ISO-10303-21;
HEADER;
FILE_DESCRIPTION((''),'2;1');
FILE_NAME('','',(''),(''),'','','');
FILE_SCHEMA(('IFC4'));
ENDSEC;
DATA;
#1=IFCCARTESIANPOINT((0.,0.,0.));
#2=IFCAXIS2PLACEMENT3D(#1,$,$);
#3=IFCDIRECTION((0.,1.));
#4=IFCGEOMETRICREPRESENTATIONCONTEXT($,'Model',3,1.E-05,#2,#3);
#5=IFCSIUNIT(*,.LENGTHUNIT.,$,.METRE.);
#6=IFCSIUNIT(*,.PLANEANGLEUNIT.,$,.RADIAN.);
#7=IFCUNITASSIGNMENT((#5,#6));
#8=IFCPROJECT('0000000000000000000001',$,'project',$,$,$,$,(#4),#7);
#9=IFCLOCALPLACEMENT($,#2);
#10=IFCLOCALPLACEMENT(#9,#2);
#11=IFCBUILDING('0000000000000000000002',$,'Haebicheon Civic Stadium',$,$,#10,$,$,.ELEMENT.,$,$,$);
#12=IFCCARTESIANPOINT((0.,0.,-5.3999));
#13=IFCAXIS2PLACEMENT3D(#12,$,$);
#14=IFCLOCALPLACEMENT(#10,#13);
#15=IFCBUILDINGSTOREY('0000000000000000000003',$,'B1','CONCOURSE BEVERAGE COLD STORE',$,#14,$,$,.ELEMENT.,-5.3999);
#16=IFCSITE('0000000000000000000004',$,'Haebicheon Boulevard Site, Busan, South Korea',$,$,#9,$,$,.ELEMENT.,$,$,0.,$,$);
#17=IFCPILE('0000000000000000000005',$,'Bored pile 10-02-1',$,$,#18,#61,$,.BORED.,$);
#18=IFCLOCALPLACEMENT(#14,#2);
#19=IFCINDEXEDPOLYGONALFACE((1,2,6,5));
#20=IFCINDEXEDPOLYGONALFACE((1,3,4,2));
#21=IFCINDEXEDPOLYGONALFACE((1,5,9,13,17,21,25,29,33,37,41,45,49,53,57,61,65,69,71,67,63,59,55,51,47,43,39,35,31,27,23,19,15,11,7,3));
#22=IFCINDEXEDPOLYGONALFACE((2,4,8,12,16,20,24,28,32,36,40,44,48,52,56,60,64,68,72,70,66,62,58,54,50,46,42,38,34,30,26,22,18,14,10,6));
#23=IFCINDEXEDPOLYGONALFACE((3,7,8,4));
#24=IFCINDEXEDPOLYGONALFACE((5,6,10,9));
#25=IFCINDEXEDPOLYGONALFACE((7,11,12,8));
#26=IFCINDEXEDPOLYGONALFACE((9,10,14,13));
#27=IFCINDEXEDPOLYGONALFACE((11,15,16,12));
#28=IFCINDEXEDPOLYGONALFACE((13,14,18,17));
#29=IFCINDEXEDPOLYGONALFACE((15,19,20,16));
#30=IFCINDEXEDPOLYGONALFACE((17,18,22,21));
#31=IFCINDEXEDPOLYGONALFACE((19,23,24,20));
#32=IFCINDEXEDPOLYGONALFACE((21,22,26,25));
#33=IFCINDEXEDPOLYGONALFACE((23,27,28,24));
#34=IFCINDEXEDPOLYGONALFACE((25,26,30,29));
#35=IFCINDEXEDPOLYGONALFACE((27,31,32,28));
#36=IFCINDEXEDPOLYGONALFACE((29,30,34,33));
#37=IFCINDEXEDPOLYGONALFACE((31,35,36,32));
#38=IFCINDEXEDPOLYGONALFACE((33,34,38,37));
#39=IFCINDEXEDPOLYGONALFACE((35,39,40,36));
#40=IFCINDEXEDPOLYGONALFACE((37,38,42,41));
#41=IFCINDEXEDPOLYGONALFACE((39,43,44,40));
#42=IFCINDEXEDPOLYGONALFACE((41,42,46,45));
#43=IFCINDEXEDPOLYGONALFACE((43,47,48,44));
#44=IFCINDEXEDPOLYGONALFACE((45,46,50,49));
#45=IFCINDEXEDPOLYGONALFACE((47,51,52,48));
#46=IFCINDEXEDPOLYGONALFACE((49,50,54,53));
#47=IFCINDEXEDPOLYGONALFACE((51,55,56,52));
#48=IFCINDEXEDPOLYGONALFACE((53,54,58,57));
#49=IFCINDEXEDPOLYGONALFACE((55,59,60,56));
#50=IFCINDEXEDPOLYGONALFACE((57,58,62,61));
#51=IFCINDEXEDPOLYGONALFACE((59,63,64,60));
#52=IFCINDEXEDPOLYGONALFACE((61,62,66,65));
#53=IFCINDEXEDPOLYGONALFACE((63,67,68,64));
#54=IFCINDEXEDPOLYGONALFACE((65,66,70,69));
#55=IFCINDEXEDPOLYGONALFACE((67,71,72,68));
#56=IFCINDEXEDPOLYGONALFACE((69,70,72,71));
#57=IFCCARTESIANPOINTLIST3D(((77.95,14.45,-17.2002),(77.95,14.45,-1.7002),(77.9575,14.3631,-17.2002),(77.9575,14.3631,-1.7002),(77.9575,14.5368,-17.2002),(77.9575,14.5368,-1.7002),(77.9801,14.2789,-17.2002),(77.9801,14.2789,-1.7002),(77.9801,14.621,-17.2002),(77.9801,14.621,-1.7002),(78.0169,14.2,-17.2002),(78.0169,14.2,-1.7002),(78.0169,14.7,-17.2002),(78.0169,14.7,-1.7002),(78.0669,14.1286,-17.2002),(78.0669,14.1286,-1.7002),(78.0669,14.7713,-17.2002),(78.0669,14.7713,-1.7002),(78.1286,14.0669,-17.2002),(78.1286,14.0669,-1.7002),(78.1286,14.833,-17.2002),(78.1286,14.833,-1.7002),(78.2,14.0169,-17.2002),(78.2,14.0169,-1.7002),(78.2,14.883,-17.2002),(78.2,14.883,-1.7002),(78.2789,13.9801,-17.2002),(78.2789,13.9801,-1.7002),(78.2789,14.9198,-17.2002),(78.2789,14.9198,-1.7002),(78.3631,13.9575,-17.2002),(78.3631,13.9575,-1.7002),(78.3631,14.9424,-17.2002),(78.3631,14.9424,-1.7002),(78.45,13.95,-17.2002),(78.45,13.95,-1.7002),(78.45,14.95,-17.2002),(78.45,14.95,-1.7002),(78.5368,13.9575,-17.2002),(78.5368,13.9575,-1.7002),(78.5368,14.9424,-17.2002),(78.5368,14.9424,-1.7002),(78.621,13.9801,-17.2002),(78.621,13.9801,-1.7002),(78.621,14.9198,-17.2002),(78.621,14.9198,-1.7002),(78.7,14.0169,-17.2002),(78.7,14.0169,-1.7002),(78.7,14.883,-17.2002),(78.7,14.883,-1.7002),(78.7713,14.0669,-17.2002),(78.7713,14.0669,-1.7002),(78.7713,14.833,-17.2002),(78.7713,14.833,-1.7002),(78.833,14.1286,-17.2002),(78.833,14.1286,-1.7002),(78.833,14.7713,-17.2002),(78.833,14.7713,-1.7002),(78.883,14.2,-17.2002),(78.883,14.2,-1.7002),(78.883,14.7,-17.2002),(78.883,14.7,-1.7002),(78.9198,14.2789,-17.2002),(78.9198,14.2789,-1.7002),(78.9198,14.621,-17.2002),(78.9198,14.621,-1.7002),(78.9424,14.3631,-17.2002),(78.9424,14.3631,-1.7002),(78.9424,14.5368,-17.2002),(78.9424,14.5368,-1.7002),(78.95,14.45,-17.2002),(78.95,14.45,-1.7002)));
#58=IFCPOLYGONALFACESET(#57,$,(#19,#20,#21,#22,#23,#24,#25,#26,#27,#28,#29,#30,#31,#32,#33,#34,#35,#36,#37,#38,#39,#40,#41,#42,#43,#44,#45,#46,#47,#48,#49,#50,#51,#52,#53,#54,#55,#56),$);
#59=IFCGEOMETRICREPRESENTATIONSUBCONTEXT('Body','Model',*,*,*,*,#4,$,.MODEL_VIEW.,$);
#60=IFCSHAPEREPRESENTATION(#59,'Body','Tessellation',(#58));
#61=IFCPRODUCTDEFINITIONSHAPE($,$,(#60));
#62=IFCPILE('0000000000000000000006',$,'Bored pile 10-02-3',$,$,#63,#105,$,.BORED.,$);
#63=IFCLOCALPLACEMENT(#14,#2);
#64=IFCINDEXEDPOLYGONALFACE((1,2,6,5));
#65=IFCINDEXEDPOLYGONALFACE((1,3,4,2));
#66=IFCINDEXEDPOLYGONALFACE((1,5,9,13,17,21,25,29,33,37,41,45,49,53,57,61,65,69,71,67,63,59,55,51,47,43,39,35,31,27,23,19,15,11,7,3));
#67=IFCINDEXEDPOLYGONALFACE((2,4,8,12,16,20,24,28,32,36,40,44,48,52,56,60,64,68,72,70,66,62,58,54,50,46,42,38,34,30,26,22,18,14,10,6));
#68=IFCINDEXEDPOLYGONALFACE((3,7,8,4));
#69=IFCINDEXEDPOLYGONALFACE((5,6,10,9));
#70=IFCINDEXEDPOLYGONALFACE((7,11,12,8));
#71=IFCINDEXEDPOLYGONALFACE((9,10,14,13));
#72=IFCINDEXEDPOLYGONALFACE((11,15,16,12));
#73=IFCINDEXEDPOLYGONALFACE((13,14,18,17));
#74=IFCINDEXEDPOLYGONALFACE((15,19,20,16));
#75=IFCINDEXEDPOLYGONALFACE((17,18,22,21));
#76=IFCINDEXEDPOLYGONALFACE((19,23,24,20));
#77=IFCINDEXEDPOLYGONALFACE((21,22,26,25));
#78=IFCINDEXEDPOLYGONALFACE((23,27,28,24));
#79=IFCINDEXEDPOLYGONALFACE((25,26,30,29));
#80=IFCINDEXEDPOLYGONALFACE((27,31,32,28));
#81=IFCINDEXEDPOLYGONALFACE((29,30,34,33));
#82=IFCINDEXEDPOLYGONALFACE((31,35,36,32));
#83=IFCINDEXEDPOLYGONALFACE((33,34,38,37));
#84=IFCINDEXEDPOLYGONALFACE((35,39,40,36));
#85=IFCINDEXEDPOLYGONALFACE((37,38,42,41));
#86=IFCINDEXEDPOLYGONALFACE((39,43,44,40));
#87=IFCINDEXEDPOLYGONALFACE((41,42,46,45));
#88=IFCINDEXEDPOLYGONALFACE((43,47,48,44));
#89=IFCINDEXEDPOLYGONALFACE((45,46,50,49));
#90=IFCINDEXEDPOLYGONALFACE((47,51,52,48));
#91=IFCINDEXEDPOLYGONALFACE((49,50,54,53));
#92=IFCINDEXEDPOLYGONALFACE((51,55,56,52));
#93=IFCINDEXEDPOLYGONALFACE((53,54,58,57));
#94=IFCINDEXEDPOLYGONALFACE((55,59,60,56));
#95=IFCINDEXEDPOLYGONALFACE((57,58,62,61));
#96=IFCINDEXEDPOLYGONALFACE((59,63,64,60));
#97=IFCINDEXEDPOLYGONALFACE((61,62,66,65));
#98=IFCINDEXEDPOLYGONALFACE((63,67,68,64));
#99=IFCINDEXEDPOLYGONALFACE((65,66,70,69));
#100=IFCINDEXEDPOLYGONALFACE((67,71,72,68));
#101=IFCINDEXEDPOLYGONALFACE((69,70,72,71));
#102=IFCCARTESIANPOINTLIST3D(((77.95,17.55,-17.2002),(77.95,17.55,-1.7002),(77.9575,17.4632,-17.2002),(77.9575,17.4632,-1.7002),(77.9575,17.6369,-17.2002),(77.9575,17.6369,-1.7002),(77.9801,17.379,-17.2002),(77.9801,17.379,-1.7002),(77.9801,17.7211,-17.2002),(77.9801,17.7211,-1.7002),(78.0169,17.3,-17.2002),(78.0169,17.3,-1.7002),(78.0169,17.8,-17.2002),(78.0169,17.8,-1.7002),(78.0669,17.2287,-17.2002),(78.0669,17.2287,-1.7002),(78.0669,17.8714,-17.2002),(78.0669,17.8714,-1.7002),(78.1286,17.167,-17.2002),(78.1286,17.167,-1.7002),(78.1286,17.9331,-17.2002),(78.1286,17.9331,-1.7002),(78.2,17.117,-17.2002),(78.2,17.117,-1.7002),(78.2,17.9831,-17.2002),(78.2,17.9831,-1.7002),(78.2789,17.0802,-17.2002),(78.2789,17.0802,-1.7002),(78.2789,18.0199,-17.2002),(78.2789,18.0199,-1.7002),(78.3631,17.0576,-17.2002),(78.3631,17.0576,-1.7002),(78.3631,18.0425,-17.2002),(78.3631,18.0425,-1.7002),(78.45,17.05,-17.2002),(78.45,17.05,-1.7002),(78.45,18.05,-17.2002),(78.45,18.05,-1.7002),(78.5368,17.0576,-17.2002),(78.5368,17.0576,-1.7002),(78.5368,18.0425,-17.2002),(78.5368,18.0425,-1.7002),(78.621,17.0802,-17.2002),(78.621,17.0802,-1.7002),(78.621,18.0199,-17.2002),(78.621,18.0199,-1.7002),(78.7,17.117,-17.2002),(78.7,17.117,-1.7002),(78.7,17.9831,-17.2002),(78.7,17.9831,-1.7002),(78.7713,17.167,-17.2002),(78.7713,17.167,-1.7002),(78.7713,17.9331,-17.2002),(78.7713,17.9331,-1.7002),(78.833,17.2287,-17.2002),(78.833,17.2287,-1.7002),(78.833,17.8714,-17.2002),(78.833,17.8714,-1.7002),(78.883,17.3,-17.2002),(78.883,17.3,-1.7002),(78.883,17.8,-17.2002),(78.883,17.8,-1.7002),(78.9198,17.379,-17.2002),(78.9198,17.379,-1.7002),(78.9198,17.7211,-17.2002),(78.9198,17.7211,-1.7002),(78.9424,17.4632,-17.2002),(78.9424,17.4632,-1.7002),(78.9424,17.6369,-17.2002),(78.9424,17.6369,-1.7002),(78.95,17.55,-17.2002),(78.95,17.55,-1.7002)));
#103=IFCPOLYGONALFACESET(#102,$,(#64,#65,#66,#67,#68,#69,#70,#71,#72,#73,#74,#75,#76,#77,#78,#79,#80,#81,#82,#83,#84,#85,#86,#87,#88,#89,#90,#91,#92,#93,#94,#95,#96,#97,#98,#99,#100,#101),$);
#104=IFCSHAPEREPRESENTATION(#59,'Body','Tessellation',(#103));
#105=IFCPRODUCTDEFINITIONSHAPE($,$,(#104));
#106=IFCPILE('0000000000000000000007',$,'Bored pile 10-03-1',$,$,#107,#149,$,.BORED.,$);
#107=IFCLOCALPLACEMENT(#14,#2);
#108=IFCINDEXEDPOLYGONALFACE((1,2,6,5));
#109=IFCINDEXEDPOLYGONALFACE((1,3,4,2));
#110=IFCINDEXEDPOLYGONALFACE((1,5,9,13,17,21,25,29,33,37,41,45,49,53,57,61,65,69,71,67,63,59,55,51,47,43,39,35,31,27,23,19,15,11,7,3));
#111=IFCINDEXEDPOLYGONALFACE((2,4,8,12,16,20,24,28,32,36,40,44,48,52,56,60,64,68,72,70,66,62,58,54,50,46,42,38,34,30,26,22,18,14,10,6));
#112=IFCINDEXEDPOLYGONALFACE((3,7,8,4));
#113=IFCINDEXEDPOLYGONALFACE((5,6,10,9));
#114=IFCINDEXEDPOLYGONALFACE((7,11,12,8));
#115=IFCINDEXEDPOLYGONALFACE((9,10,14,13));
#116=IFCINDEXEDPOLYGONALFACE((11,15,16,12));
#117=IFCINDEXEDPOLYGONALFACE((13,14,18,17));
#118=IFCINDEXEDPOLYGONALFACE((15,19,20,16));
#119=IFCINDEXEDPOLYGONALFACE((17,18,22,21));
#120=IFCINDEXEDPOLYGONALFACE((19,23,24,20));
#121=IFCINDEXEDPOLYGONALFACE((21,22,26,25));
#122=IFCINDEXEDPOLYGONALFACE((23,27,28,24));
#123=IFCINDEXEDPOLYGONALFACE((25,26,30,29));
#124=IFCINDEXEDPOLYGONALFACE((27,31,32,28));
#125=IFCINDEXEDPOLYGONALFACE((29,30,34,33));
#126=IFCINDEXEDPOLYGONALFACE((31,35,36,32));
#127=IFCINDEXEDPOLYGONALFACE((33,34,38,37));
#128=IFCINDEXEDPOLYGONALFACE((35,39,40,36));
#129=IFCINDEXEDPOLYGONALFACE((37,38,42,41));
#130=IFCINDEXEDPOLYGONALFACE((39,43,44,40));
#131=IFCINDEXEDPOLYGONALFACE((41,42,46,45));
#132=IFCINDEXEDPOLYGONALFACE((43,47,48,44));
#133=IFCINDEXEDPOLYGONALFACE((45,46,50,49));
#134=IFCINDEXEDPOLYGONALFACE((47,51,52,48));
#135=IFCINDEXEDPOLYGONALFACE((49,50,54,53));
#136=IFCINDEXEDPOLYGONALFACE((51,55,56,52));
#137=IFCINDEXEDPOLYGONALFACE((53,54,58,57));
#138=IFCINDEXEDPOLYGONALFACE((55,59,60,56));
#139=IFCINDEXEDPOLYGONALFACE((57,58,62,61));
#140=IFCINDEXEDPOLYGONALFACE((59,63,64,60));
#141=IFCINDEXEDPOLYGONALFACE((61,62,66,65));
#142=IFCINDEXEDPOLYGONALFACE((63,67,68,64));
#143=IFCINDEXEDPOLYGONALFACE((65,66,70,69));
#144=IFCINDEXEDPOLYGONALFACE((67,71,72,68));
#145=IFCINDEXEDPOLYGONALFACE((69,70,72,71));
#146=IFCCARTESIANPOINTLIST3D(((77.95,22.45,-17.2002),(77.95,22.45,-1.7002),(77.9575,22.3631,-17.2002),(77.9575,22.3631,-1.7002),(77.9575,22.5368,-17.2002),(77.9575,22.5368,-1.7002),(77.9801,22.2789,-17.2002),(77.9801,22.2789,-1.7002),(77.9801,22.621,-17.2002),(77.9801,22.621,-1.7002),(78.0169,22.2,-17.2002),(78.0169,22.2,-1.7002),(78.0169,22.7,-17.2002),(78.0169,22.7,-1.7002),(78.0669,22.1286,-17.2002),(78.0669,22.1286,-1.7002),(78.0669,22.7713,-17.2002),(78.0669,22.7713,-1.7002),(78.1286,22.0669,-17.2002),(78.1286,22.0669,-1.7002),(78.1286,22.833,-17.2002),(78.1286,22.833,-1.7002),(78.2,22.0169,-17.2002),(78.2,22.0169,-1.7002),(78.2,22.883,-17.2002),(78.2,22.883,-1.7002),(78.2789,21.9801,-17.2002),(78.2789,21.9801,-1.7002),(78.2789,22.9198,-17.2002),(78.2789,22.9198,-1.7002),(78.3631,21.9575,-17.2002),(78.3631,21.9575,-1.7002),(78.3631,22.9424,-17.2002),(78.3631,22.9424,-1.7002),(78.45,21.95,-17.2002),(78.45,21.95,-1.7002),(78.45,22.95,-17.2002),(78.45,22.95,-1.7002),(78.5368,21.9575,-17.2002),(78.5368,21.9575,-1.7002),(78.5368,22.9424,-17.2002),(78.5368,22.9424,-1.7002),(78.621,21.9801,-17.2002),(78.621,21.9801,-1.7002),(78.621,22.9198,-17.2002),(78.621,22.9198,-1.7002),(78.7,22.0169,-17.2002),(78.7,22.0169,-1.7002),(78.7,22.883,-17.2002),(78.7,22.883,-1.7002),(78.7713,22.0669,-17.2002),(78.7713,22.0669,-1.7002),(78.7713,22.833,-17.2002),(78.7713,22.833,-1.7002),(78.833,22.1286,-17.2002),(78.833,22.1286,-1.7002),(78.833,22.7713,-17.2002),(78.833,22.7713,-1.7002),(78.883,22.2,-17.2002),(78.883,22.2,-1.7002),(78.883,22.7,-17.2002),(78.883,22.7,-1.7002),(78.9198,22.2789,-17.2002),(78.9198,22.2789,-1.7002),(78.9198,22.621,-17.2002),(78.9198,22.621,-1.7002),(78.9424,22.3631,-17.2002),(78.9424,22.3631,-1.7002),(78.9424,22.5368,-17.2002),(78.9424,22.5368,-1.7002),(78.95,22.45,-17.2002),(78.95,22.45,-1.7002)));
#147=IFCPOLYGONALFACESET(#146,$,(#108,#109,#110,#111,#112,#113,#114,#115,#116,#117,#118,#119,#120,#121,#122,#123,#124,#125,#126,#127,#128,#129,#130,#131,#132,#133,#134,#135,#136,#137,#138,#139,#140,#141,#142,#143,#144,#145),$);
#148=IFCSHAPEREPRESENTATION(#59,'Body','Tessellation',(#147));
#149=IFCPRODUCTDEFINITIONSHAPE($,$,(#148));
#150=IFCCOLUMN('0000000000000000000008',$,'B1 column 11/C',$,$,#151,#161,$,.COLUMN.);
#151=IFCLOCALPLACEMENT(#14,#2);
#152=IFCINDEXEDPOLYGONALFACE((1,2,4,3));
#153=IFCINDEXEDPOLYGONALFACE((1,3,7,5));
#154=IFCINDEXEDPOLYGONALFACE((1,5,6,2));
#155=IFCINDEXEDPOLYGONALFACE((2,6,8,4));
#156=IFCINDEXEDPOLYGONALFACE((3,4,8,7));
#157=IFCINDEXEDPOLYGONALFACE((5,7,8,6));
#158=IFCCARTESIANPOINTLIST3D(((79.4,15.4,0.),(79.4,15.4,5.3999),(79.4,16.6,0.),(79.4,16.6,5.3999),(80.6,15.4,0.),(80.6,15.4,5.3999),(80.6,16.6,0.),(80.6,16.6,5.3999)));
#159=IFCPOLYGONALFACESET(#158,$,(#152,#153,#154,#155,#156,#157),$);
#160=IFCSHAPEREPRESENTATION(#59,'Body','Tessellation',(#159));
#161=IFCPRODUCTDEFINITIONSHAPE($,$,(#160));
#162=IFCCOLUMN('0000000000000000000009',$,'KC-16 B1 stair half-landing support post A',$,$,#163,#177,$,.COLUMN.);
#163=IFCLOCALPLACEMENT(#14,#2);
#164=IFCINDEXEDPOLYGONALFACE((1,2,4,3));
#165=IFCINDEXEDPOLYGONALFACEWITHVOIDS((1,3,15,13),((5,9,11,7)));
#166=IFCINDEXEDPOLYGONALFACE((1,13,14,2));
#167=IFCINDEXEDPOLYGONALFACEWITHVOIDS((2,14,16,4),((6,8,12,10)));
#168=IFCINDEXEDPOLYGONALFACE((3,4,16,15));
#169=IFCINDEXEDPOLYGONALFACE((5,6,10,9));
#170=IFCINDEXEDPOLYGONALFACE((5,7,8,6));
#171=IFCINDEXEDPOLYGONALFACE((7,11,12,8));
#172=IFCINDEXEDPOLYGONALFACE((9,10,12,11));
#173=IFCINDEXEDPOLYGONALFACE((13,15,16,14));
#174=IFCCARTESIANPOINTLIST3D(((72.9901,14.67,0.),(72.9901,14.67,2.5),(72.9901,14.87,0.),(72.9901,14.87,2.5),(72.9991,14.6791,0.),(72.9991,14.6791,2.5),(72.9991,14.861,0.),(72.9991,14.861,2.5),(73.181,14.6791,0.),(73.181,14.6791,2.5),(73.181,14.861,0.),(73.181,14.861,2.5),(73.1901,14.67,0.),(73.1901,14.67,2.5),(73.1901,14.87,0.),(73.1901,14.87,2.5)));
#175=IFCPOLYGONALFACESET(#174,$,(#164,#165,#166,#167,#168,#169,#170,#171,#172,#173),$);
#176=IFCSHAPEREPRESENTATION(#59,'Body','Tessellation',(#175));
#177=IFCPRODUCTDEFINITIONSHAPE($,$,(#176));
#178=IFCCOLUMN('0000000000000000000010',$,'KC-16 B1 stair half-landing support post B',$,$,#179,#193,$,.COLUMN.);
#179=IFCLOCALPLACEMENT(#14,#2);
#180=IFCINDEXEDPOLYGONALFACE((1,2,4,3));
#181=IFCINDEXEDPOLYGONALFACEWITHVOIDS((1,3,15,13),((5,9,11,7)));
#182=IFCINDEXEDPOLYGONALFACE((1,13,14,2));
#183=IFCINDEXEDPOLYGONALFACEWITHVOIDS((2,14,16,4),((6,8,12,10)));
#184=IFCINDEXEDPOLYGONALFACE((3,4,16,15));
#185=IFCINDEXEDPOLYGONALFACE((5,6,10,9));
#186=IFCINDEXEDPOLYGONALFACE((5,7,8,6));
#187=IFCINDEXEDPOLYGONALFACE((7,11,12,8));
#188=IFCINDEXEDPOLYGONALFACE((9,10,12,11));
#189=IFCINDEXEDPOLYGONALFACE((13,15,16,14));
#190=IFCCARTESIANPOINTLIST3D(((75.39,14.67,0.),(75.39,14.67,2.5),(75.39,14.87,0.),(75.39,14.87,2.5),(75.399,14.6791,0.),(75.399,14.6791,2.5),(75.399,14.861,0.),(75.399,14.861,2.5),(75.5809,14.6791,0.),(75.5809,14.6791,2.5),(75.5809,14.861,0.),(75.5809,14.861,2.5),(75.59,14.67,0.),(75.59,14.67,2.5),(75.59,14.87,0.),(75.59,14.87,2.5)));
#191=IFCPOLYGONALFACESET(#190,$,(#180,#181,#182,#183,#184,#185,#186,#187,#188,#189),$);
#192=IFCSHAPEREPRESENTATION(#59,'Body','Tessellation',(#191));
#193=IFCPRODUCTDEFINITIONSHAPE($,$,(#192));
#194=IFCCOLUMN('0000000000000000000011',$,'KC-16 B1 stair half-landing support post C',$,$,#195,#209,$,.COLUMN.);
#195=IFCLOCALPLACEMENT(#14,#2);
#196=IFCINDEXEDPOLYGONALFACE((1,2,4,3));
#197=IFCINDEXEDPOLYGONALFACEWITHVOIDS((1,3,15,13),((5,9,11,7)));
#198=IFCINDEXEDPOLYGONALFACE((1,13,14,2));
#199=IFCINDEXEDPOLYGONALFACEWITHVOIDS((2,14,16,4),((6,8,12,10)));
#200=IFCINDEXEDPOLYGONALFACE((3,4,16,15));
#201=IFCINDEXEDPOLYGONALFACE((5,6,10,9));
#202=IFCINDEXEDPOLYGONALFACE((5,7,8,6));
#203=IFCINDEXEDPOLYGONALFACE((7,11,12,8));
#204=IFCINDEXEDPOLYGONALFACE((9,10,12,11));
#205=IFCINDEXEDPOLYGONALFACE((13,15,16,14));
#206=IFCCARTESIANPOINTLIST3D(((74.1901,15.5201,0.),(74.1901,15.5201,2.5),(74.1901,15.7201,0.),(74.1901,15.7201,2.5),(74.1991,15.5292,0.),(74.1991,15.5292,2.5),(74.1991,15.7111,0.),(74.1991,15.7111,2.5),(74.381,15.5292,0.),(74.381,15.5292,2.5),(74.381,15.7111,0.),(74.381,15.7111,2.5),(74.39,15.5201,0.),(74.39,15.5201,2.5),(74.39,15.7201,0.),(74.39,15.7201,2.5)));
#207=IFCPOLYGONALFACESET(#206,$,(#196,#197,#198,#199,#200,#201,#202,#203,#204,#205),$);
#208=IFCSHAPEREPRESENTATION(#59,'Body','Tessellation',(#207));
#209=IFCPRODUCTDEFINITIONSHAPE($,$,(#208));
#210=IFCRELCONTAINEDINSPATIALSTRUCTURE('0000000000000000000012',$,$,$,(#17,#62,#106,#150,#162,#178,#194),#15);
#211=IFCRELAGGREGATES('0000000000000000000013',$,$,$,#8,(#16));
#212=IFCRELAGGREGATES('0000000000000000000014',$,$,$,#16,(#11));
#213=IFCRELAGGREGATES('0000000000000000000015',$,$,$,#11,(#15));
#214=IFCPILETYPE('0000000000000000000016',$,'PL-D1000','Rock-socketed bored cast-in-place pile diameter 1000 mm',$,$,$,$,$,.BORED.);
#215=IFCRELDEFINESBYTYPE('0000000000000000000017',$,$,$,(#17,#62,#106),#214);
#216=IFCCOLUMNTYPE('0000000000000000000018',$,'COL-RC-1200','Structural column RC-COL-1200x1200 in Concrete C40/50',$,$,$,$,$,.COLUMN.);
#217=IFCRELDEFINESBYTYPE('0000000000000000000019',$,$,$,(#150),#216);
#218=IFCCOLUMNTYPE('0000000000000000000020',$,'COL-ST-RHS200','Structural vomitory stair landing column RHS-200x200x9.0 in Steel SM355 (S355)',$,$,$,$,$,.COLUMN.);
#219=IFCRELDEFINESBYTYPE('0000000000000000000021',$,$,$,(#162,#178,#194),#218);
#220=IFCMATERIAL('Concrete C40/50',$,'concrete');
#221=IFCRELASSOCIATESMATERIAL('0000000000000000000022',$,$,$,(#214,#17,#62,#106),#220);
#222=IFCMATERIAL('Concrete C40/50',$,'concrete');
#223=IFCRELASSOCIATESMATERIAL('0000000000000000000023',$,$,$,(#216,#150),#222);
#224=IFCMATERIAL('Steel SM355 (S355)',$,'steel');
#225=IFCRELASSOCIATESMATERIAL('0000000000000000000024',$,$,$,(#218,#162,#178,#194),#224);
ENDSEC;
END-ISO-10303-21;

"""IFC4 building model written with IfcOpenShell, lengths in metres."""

from ifc_helpers import new_model, si_unit, direction, frame, origin, origin_2d, place, context, subcontext, project, spatial, rectangle, hollow_rectangle, circle, extrude, material, material_profile, profile_set, type_object, element, save


model = new_model("IFC4")

# Units and contexts
model_context = context("Model", 3, precision=1e-05, world=origin(), true_north=direction((0.0, 1.0)))
body_context = subcontext(model_context, "Body", "Model", "MODEL_VIEW")
ifc_project = project(units=[si_unit("LENGTHUNIT", "METRE"), si_unit("PLANEANGLEUNIT", "RADIAN")], contexts=[model_context])

# Site, building, storey
site_placement = place(None, origin())
site = spatial("IfcSite", under=ifc_project, at=site_placement, Name="Haebicheon Boulevard Site, Busan, South Korea", CompositionType="ELEMENT", RefElevation=0.0)
building_placement = place(site_placement, origin())
building = spatial("IfcBuilding", under=site, at=building_placement, Name="Haebicheon Civic Stadium", CompositionType="ELEMENT")
storey_placement = place(building_placement, frame((0.0, 0.0, -5.3999)))
storey = spatial("IfcBuildingStorey", under=building, at=storey_placement, Name="B1", Description="CONCOURSE BEVERAGE COLD STORE", CompositionType="ELEMENT", Elevation=-5.3999)

# Piles
ifc_material_1 = material(Name="Concrete C40/50", Category="concrete")
ifc_material_profile_1 = material_profile(ifc_material_1, circle(Radius=0.5, at=origin_2d()), Name="PILE-D1000")
ifc_profile_set_1 = profile_set([ifc_material_profile_1], Name="Concrete C40/50")
pile_type = type_object("IfcPileType", Name="PL-D1000", Description="Rock-socketed bored cast-in-place pile diameter 1000 mm", PredefinedType="BORED", material=ifc_profile_set_1)
for number, where, z_axis, x_axis, name in (
    (1, (78.45, 14.45, -1.7002), (0.0, 0.0, -1.0), (1.0, 0.0, 0.0), "Bored pile 10-02-1"),
    (2, (78.45, 17.55, -1.7002), (0.0, 0.0, -1.0), (1.0, 0.0, 0.0), "Bored pile 10-02-3"),
    (3, (78.45, 22.45, -1.7002), (0.0, 0.0, -1.0), (1.0, 0.0, 0.0), "Bored pile 10-03-1"),
):
    element("IfcPile", number, at=place(storey_placement, frame(where, z_axis=z_axis, x_axis=x_axis)), inside=storey, type_object=pile_type, material=ifc_profile_set_1, Name=name, PredefinedType="BORED", context=body_context, shape_type="SweptSolid", body=[
        extrude(circle(Radius=0.5, at=origin_2d()), origin(), (0.0, 0.0, 1.0), 15.5),
    ])

# Columns
ifc_material_2 = material(Name="Concrete C40/50", Category="concrete")
ifc_material_profile_2 = material_profile(ifc_material_2, rectangle(XDim=1.2, YDim=1.2, at=origin_2d()), Name="RC-COL-1200x1200")
ifc_profile_set_2 = profile_set([ifc_material_profile_2], Name="Concrete C40/50")
column_type_1 = type_object("IfcColumnType", Name="COL-RC-1200", Description="Structural column RC-COL-1200x1200 in Concrete C40/50", PredefinedType="COLUMN", material=ifc_profile_set_2)
column_placement = place(storey_placement, frame((80.0, 16.0, 0.0), z_axis=(0.0, 0.0, 1.0), x_axis=(1.0, 0.0, 0.0)))
element("IfcColumn", 4, at=column_placement, inside=storey, type_object=column_type_1, material=ifc_profile_set_2, Name="B1 column 11/C", PredefinedType="COLUMN", context=body_context, shape_type="SweptSolid", body=[
    extrude(rectangle(XDim=1.2, YDim=1.2, at=origin_2d()), origin(), (0.0, 0.0, 1.0), 5.3999),
])
ifc_material_3 = material(Name="Steel SM355 (S355)", Category="steel")
ifc_material_profile_3 = material_profile(ifc_material_3, hollow_rectangle(XDim=0.2, YDim=0.2, WallThickness=0.009, at=origin_2d()), Name="RHS-200x200x9.0")
ifc_profile_set_3 = profile_set([ifc_material_profile_3], Name="Steel SM355 (S355)")
column_type_2 = type_object("IfcColumnType", Name="COL-ST-RHS200", Description="Structural vomitory stair landing column RHS-200x200x9.0 in Steel SM355 (S355)", PredefinedType="COLUMN", material=ifc_profile_set_3)
for number, where, z_axis, x_axis, name in (
    (5, (73.0901, 14.77, 0.0), (0.0, 0.0, 1.0), (1.0, 0.0, 0.0), "KC-16 B1 stair half-landing support post A"),
    (6, (75.49, 14.77, 0.0), (0.0, 0.0, 1.0), (1.0, 0.0, 0.0), "KC-16 B1 stair half-landing support post B"),
    (7, (74.29, 15.6201, 0.0), (0.0, 0.0, 1.0), (1.0, 0.0, 0.0), "KC-16 B1 stair half-landing support post C"),
):
    element("IfcColumn", number, at=place(storey_placement, frame(where, z_axis=z_axis, x_axis=x_axis)), inside=storey, type_object=column_type_2, material=ifc_profile_set_3, Name=name, PredefinedType="COLUMN", context=body_context, shape_type="SweptSolid", body=[
        extrude(hollow_rectangle(XDim=0.2, YDim=0.2, WallThickness=0.009, at=origin_2d()), origin(), (0.0, 0.0, 1.0), 2.5),
    ])

save(model, "model.ifc")
